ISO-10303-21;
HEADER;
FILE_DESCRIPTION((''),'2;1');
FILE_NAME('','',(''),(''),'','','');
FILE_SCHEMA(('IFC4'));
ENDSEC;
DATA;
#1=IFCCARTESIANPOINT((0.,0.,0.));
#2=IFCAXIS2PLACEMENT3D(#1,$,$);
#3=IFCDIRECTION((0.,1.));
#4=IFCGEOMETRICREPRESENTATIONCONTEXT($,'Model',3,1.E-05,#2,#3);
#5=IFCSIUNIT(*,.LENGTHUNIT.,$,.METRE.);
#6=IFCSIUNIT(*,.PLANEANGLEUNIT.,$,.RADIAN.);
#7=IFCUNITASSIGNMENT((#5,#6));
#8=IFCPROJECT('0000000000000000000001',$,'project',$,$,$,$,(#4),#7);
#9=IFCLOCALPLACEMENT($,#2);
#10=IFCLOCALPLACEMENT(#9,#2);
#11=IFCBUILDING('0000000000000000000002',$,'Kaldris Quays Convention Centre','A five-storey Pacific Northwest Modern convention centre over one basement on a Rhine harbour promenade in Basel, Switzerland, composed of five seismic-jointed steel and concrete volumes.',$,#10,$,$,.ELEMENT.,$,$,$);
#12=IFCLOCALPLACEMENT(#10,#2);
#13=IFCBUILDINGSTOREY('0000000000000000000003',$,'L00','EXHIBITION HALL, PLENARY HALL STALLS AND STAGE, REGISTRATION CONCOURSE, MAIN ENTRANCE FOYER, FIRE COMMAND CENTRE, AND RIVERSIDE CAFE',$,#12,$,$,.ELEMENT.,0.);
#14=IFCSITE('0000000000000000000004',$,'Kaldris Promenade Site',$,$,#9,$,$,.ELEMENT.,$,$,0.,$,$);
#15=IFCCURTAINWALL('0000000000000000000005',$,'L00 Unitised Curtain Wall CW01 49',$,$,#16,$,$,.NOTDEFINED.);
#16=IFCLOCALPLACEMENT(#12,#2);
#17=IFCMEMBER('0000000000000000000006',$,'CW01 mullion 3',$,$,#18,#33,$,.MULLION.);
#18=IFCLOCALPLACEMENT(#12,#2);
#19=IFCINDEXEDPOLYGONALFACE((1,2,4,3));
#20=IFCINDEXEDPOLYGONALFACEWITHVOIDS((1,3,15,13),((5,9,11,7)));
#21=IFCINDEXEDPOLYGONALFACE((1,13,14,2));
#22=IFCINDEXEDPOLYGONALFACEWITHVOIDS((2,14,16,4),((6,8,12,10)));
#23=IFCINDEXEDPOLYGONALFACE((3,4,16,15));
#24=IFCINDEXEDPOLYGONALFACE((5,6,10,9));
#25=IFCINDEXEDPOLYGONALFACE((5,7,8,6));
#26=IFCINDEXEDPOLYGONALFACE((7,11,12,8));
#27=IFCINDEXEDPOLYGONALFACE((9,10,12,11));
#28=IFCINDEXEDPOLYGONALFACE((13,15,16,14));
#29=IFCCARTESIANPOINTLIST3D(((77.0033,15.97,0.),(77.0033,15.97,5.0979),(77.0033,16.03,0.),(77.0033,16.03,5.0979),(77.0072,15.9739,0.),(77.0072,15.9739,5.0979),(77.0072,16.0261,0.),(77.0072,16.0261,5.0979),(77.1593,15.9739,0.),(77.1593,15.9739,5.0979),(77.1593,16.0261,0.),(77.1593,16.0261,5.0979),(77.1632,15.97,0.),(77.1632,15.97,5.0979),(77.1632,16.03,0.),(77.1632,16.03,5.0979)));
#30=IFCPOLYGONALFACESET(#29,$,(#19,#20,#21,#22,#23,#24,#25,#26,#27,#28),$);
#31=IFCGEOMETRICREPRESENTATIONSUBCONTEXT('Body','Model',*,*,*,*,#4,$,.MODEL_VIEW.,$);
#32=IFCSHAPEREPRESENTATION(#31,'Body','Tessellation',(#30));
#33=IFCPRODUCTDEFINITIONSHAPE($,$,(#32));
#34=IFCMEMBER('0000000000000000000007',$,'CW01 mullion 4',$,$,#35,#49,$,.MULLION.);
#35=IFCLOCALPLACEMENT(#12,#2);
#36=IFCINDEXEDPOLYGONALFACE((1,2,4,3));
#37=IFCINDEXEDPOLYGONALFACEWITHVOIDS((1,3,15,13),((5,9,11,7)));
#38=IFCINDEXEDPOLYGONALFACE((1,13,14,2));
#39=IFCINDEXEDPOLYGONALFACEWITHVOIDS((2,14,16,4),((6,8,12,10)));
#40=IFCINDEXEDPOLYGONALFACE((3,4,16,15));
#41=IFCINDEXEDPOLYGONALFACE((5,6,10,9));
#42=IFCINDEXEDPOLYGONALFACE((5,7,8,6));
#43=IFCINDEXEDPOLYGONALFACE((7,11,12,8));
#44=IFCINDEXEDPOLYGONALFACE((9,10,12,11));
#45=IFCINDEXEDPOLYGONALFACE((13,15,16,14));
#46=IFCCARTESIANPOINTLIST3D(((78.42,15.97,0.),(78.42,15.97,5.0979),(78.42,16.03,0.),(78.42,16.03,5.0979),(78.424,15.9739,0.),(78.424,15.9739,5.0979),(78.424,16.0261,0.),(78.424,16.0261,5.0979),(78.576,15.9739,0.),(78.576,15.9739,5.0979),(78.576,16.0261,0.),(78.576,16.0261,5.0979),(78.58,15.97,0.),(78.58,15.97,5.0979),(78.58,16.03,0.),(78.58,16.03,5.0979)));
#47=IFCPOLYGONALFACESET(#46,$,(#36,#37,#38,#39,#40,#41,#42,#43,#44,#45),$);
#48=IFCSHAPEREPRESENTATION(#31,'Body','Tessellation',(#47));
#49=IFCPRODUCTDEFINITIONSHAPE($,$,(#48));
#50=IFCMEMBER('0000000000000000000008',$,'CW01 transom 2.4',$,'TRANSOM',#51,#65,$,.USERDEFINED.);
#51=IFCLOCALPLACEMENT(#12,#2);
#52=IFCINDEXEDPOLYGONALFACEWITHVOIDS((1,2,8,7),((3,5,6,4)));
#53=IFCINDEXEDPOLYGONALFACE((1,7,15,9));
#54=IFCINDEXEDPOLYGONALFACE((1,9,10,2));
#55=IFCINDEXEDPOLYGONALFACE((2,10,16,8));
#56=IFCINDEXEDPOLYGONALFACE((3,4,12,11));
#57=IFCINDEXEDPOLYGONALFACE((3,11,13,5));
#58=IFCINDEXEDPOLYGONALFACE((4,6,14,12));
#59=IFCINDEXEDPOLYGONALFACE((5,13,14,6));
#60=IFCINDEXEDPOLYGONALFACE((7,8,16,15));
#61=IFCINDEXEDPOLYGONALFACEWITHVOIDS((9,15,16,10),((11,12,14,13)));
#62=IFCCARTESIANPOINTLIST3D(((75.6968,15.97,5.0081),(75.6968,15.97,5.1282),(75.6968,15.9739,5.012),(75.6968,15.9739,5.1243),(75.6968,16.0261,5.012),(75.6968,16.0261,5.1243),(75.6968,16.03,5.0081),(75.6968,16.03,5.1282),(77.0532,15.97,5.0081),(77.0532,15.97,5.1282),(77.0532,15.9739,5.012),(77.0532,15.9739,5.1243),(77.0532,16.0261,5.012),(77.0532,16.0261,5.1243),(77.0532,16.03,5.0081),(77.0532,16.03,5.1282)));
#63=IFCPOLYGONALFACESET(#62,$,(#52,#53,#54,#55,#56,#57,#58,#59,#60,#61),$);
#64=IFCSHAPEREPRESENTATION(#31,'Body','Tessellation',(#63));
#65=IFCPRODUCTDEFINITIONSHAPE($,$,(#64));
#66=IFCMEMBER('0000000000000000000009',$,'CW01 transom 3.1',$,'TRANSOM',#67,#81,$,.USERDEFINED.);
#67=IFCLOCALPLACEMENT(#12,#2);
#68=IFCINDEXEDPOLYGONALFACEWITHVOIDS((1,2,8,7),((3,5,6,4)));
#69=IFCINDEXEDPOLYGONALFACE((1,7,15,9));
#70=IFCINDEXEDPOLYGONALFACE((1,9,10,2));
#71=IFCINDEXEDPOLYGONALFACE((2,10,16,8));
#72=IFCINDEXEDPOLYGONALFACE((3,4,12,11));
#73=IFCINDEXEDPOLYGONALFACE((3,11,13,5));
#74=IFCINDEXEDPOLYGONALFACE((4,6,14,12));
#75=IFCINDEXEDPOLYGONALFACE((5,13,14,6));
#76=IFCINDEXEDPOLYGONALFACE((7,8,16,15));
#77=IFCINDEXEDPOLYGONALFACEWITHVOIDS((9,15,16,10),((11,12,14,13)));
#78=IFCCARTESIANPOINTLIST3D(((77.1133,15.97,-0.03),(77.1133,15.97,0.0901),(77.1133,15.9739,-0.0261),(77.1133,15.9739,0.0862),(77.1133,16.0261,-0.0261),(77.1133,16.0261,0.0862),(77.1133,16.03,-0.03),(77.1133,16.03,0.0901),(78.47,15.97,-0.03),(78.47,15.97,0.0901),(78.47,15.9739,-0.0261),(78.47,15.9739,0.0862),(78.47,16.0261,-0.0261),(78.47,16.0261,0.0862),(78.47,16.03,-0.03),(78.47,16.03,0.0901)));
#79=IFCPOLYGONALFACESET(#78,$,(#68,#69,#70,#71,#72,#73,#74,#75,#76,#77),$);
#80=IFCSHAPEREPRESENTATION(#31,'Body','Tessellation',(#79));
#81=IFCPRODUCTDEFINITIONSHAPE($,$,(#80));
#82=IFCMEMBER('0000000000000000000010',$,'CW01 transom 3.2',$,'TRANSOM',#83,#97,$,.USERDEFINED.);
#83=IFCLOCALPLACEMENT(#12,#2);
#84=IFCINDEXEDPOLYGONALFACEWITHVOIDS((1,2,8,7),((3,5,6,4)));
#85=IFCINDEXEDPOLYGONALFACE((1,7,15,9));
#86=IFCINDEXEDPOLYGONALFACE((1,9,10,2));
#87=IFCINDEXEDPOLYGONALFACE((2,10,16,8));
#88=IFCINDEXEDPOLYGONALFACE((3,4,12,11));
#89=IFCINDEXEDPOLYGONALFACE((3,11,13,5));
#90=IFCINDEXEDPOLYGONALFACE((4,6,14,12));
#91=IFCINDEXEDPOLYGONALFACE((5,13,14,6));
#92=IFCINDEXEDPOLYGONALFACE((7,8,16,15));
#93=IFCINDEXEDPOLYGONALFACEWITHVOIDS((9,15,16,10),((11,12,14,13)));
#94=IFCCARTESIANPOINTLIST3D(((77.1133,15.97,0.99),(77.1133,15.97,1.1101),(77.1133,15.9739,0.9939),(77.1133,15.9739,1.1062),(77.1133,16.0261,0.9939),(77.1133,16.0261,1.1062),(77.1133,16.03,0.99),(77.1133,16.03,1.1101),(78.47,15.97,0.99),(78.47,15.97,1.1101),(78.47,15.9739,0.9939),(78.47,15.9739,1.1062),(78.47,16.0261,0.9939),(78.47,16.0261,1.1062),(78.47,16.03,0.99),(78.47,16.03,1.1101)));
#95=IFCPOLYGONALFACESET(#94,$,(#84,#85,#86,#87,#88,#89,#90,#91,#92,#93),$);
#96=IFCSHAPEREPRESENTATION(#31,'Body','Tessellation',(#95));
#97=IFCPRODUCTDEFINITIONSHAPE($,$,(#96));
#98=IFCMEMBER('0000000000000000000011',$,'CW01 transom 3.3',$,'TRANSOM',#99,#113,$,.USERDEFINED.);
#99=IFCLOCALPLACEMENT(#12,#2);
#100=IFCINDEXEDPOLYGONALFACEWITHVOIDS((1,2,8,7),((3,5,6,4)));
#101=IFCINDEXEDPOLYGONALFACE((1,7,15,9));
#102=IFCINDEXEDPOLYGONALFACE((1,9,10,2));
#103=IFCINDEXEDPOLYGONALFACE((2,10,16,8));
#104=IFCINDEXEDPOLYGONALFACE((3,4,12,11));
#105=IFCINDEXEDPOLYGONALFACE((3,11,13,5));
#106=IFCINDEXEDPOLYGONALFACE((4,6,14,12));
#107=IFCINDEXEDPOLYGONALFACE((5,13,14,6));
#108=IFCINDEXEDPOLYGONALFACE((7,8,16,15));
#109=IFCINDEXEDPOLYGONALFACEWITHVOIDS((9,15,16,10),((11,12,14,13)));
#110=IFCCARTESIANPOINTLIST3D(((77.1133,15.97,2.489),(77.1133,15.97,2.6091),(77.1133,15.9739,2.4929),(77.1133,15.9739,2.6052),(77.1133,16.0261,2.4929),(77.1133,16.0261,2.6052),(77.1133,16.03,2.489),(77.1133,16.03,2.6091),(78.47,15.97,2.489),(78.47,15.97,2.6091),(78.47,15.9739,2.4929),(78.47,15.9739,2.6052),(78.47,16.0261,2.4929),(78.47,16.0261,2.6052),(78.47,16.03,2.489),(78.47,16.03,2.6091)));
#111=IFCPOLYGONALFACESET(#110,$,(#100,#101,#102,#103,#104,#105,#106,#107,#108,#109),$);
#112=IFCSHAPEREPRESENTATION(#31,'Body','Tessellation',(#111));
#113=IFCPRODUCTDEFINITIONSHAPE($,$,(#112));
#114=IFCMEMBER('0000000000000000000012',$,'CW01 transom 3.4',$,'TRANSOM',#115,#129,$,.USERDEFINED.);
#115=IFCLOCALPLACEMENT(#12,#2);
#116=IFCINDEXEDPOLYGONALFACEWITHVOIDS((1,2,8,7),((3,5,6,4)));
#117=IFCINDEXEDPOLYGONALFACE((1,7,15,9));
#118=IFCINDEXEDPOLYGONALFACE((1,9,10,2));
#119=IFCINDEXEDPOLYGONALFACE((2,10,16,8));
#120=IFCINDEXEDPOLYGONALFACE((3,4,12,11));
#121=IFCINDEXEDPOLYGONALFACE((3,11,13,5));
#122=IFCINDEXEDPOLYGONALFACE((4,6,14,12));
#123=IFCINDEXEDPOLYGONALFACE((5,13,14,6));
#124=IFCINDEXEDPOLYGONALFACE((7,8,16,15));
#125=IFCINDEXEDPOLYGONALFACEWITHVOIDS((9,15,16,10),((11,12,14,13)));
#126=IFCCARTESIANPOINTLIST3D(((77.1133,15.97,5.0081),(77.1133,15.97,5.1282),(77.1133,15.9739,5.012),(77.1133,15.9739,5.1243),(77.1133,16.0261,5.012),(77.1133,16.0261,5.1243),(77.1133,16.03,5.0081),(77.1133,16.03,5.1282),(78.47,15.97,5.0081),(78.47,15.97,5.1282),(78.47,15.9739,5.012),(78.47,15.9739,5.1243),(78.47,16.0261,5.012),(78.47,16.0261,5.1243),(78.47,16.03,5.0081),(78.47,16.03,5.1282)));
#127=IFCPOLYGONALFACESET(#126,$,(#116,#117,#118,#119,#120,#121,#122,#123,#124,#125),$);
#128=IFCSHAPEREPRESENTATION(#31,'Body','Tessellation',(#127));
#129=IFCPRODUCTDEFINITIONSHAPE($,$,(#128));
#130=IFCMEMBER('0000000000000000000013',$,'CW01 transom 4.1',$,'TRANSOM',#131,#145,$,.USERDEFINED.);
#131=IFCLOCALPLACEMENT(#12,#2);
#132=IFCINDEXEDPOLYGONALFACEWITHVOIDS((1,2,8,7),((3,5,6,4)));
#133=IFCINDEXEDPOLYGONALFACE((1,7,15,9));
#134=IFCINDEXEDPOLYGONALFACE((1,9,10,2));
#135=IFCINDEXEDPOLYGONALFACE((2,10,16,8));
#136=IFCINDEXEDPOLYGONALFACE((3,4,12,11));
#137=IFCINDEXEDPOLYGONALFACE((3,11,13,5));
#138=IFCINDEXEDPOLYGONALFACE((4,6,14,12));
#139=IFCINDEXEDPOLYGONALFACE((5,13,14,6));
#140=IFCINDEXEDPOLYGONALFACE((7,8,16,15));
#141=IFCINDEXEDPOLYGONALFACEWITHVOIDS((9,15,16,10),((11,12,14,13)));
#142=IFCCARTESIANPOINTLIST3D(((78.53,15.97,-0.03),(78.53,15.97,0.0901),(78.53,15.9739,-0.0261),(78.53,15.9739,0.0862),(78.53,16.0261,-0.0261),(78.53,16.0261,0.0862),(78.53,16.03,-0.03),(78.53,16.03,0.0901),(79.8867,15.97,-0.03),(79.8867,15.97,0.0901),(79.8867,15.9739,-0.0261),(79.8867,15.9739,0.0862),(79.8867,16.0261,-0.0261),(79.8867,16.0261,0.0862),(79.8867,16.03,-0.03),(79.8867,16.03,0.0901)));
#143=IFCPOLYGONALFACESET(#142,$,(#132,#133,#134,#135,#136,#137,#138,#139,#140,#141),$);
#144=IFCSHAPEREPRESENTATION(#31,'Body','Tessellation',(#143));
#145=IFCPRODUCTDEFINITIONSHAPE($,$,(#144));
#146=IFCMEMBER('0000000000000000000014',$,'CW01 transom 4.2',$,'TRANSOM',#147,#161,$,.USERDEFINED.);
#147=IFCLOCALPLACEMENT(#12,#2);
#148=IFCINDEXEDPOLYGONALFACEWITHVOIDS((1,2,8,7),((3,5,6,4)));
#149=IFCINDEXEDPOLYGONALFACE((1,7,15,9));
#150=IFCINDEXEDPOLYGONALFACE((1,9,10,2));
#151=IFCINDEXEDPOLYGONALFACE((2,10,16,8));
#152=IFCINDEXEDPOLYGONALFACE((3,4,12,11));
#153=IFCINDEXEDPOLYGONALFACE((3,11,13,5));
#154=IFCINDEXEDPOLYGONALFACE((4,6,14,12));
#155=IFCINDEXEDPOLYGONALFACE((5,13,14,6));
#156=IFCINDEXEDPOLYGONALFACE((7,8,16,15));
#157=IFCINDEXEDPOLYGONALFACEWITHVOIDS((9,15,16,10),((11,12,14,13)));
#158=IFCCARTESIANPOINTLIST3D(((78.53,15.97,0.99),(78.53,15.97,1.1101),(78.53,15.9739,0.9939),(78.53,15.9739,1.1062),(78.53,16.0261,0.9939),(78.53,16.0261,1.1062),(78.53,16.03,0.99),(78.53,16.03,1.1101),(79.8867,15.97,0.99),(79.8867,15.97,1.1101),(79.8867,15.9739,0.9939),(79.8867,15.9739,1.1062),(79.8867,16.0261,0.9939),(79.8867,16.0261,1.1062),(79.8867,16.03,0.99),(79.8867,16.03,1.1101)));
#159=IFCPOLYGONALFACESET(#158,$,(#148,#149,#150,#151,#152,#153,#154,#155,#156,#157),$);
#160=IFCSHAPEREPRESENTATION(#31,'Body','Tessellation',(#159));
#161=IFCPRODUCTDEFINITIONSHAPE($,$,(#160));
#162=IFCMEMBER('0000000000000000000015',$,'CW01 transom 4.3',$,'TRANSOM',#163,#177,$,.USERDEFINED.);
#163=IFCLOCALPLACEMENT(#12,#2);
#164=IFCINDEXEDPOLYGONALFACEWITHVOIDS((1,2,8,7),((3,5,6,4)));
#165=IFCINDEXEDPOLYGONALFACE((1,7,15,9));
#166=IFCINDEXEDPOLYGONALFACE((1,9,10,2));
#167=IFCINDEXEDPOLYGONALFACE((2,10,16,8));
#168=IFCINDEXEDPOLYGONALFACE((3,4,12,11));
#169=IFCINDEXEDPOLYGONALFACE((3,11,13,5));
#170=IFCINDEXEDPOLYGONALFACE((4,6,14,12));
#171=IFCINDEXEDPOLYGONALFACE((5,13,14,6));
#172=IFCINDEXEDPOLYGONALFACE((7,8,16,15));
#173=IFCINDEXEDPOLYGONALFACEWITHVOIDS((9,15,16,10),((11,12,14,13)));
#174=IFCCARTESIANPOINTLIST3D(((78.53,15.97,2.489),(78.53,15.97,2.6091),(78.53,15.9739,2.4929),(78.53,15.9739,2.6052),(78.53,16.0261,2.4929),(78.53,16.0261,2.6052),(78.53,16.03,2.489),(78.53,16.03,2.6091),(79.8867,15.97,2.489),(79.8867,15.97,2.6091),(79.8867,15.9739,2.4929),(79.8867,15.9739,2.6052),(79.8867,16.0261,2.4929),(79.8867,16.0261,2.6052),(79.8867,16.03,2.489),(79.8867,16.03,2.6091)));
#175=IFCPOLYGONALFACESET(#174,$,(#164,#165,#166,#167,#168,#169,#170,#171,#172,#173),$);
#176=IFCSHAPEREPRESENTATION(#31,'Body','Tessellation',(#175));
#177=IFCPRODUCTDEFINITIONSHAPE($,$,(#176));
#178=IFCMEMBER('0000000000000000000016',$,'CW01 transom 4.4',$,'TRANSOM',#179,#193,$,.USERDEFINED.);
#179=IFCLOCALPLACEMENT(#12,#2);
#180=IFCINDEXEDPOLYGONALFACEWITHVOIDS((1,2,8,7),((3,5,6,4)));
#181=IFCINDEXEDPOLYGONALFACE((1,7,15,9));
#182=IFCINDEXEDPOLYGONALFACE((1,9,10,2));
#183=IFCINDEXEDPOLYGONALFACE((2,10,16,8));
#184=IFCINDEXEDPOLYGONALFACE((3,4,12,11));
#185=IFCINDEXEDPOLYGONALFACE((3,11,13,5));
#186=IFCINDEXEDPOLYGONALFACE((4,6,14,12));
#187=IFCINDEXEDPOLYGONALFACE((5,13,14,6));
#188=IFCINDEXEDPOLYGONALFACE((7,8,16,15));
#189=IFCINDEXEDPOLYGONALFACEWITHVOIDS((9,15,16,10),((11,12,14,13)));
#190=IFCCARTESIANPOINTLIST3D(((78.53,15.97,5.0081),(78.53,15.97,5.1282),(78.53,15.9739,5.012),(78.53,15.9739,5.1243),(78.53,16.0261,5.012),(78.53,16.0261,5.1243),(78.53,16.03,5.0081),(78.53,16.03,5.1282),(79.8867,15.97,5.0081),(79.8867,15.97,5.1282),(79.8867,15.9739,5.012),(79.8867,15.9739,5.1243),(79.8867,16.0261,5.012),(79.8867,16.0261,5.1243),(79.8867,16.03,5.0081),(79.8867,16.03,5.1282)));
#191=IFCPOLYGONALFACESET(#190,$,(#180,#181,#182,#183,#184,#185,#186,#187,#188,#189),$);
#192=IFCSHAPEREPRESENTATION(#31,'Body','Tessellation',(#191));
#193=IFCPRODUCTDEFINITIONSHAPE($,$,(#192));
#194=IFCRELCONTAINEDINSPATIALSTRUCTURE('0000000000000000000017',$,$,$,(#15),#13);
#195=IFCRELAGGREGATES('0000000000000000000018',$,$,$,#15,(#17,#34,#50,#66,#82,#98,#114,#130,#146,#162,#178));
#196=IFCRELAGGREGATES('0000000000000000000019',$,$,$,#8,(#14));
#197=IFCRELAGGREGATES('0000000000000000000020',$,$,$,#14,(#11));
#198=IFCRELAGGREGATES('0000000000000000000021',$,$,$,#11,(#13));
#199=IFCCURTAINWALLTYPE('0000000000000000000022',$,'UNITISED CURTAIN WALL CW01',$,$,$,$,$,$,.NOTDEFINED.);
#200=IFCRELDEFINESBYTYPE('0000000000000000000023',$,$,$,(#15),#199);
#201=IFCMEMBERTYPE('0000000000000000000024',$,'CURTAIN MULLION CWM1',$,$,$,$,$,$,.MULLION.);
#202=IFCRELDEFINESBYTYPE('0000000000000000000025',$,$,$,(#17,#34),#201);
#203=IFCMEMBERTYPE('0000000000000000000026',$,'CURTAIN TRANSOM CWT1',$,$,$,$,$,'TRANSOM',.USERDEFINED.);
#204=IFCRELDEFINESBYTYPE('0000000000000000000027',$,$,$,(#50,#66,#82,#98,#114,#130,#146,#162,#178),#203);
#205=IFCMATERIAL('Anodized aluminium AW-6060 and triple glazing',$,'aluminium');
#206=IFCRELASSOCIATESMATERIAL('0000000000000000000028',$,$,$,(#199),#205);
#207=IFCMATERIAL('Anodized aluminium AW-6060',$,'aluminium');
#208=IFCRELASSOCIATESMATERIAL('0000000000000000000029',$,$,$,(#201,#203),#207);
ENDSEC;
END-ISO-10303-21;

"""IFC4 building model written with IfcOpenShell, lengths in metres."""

from ifc_helpers import new_model, si_unit, direction, frame, origin, origin_2d, place, context, subcontext, project, spatial, hollow_rectangle, extrude, material, material_profile, profile_set, type_object, element, aggregate, save


model = new_model("IFC4")

# Units and contexts
model_context = context("Model", 3, precision=1e-05, world=origin(), true_north=direction((0.0, 1.0)))
body_context = subcontext(model_context, "Body", "Model", "MODEL_VIEW")
ifc_project = project(units=[si_unit("LENGTHUNIT", "METRE"), si_unit("PLANEANGLEUNIT", "RADIAN")], contexts=[model_context])

# Site, building, storey
site_placement = place(None, origin())
site = spatial("IfcSite", under=ifc_project, at=site_placement, Name="Kaldris Promenade Site", CompositionType="ELEMENT", RefElevation=0.0)
building_placement = place(site_placement, origin())
building = spatial("IfcBuilding", under=site, at=building_placement, Name="Kaldris Quays Convention Centre", Description="A five-storey Pacific Northwest Modern convention centre over one basement on a Rhine harbour promenade in Basel, Switzerland, composed of five seismic-jointed steel and concrete volumes.", CompositionType="ELEMENT")
storey_placement = place(building_placement, origin())
storey = spatial("IfcBuildingStorey", under=building, at=storey_placement, Name="L00", Description="EXHIBITION HALL, PLENARY HALL STALLS AND STAGE, REGISTRATION CONCOURSE, MAIN ENTRANCE FOYER, FIRE COMMAND CENTRE, AND RIVERSIDE CAFE", CompositionType="ELEMENT", Elevation=0.0)

# Curtain wall, members
ifc_material_1 = material(Name="Anodized aluminium AW-6060 and triple glazing", Category="aluminium")
curtain_wall_type = type_object("IfcCurtainWallType", Name="UNITISED CURTAIN WALL CW01", PredefinedType="NOTDEFINED", material=ifc_material_1)
curtain_wall_placement = place(storey_placement, origin())
curtain_wall = element("IfcCurtainWall", 1, at=curtain_wall_placement, inside=storey, type_object=curtain_wall_type, Name="L00 Unitised Curtain Wall CW01 49", PredefinedType="NOTDEFINED")
ifc_material_2 = material(Name="Anodized aluminium AW-6060", Category="aluminium")
ifc_material_profile_1 = material_profile(ifc_material_2, hollow_rectangle(XDim=0.0601, YDim=0.1599, WallThickness=0.0039, at=origin_2d()), Name="RHS 160x60x4")
ifc_profile_set_1 = profile_set([ifc_material_profile_1], Name="Anodized aluminium AW-6060")
member_type_1 = type_object("IfcMemberType", Name="CURTAIN MULLION CWM1", PredefinedType="MULLION", material=ifc_profile_set_1)
member_1_placement = place(storey_placement, frame((77.0833, 16.0, 0.0), z_axis=(0.0, 0.0, 1.0), x_axis=(0.0, 1.0, 0.0)))
member_1 = element("IfcMember", 2, at=member_1_placement, type_object=member_type_1, Name="CW01 mullion 3", PredefinedType="MULLION", context=body_context, shape_type="SweptSolid", body=[
    extrude(hollow_rectangle(XDim=0.0601, YDim=0.1599, WallThickness=0.0039, at=origin_2d()), origin(), (0.0, 0.0, 1.0), 5.0979),
])
member_2_placement = place(storey_placement, frame((78.5, 16.0, 0.0), z_axis=(0.0, 0.0, 1.0), x_axis=(0.0, 1.0, 0.0)))
member_2 = element("IfcMember", 3, at=member_2_placement, type_object=member_type_1, Name="CW01 mullion 4", PredefinedType="MULLION", context=body_context, shape_type="SweptSolid", body=[
    extrude(hollow_rectangle(XDim=0.0601, YDim=0.1599, WallThickness=0.0039, at=origin_2d()), origin(), (0.0, 0.0, 1.0), 5.0979),
])
ifc_material_profile_2 = material_profile(ifc_material_2, hollow_rectangle(XDim=0.0601, YDim=0.1201, WallThickness=0.0039, at=origin_2d()), Name="RHS 120x60x4")
ifc_profile_set_2 = profile_set([ifc_material_profile_2], Name="Anodized aluminium AW-6060")
member_type_2 = type_object("IfcMemberType", Name="CURTAIN TRANSOM CWT1", ElementType="TRANSOM", PredefinedType="USERDEFINED", material=ifc_profile_set_2)
member_3_placement = place(storey_placement, frame((75.6968, 16.0, 5.0681), z_axis=(1.0, 0.0, 0.0), x_axis=(0.0, 1.0, 0.0)))
member_3 = element("IfcMember", 4, at=member_3_placement, type_object=member_type_2, Name="CW01 transom 2.4", ObjectType="TRANSOM", PredefinedType="USERDEFINED", context=body_context, shape_type="SweptSolid", body=[
    extrude(hollow_rectangle(XDim=0.0601, YDim=0.1201, WallThickness=0.0039, at=origin_2d()), origin(), (0.0, 0.0, 1.0), 1.3564),
])
member_4_placement = place(storey_placement, frame((77.1133, 16.0, 0.03), z_axis=(1.0, 0.0, 0.0), x_axis=(0.0, 1.0, 0.0)))
member_4 = element("IfcMember", 5, at=member_4_placement, type_object=member_type_2, Name="CW01 transom 3.1", ObjectType="TRANSOM", PredefinedType="USERDEFINED", context=body_context, shape_type="SweptSolid", body=[
    extrude(hollow_rectangle(XDim=0.0601, YDim=0.1201, WallThickness=0.0039, at=origin_2d()), origin(), (0.0, 0.0, 1.0), 1.3567),
])
member_5_placement = place(storey_placement, frame((77.1133, 16.0, 1.05), z_axis=(1.0, 0.0, 0.0), x_axis=(0.0, 1.0, 0.0)))
member_5 = element("IfcMember", 6, at=member_5_placement, type_object=member_type_2, Name="CW01 transom 3.2", ObjectType="TRANSOM", PredefinedType="USERDEFINED", context=body_context, shape_type="SweptSolid", body=[
    extrude(hollow_rectangle(XDim=0.0601, YDim=0.1201, WallThickness=0.0039, at=origin_2d()), origin(), (0.0, 0.0, 1.0), 1.3567),
])
member_6_placement = place(storey_placement, frame((77.1133, 16.0, 2.5491), z_axis=(1.0, 0.0, 0.0), x_axis=(0.0, 1.0, 0.0)))
member_6 = element("IfcMember", 7, at=member_6_placement, type_object=member_type_2, Name="CW01 transom 3.3", ObjectType="TRANSOM", PredefinedType="USERDEFINED", context=body_context, shape_type="SweptSolid", body=[
    extrude(hollow_rectangle(XDim=0.0601, YDim=0.1201, WallThickness=0.0039, at=origin_2d()), origin(), (0.0, 0.0, 1.0), 1.3567),
])
member_7_placement = place(storey_placement, frame((77.1133, 16.0, 5.0681), z_axis=(1.0, 0.0, 0.0), x_axis=(0.0, 1.0, 0.0)))
member_7 = element("IfcMember", 8, at=member_7_placement, type_object=member_type_2, Name="CW01 transom 3.4", ObjectType="TRANSOM", PredefinedType="USERDEFINED", context=body_context, shape_type="SweptSolid", body=[
    extrude(hollow_rectangle(XDim=0.0601, YDim=0.1201, WallThickness=0.0039, at=origin_2d()), origin(), (0.0, 0.0, 1.0), 1.3567),
])
member_8_placement = place(storey_placement, frame((78.53, 16.0, 0.03), z_axis=(1.0, 0.0, 0.0), x_axis=(0.0, 1.0, 0.0)))
member_8 = element("IfcMember", 9, at=member_8_placement, type_object=member_type_2, Name="CW01 transom 4.1", ObjectType="TRANSOM", PredefinedType="USERDEFINED", context=body_context, shape_type="SweptSolid", body=[
    extrude(hollow_rectangle(XDim=0.0601, YDim=0.1201, WallThickness=0.0039, at=origin_2d()), origin(), (0.0, 0.0, 1.0), 1.3567),
])
member_9_placement = place(storey_placement, frame((78.53, 16.0, 1.05), z_axis=(1.0, 0.0, 0.0), x_axis=(0.0, 1.0, 0.0)))
member_9 = element("IfcMember", 10, at=member_9_placement, type_object=member_type_2, Name="CW01 transom 4.2", ObjectType="TRANSOM", PredefinedType="USERDEFINED", context=body_context, shape_type="SweptSolid", body=[
    extrude(hollow_rectangle(XDim=0.0601, YDim=0.1201, WallThickness=0.0039, at=origin_2d()), origin(), (0.0, 0.0, 1.0), 1.3567),
])
member_10_placement = place(storey_placement, frame((78.53, 16.0, 2.5491), z_axis=(1.0, 0.0, 0.0), x_axis=(0.0, 1.0, 0.0)))
member_10 = element("IfcMember", 11, at=member_10_placement, type_object=member_type_2, Name="CW01 transom 4.3", ObjectType="TRANSOM", PredefinedType="USERDEFINED", context=body_context, shape_type="SweptSolid", body=[
    extrude(hollow_rectangle(XDim=0.0601, YDim=0.1201, WallThickness=0.0039, at=origin_2d()), origin(), (0.0, 0.0, 1.0), 1.3567),
])
member_11_placement = place(storey_placement, frame((78.53, 16.0, 5.0681), z_axis=(1.0, 0.0, 0.0), x_axis=(0.0, 1.0, 0.0)))
member_11 = element("IfcMember", 12, at=member_11_placement, type_object=member_type_2, Name="CW01 transom 4.4", ObjectType="TRANSOM", PredefinedType="USERDEFINED", context=body_context, shape_type="SweptSolid", body=[
    extrude(hollow_rectangle(XDim=0.0601, YDim=0.1201, WallThickness=0.0039, at=origin_2d()), origin(), (0.0, 0.0, 1.0), 1.3567),
])
aggregate(curtain_wall, [member_1, member_2, member_3, member_4, member_5, member_6, member_7, member_8, member_9, member_10, member_11])

save(model, "model.ifc")
